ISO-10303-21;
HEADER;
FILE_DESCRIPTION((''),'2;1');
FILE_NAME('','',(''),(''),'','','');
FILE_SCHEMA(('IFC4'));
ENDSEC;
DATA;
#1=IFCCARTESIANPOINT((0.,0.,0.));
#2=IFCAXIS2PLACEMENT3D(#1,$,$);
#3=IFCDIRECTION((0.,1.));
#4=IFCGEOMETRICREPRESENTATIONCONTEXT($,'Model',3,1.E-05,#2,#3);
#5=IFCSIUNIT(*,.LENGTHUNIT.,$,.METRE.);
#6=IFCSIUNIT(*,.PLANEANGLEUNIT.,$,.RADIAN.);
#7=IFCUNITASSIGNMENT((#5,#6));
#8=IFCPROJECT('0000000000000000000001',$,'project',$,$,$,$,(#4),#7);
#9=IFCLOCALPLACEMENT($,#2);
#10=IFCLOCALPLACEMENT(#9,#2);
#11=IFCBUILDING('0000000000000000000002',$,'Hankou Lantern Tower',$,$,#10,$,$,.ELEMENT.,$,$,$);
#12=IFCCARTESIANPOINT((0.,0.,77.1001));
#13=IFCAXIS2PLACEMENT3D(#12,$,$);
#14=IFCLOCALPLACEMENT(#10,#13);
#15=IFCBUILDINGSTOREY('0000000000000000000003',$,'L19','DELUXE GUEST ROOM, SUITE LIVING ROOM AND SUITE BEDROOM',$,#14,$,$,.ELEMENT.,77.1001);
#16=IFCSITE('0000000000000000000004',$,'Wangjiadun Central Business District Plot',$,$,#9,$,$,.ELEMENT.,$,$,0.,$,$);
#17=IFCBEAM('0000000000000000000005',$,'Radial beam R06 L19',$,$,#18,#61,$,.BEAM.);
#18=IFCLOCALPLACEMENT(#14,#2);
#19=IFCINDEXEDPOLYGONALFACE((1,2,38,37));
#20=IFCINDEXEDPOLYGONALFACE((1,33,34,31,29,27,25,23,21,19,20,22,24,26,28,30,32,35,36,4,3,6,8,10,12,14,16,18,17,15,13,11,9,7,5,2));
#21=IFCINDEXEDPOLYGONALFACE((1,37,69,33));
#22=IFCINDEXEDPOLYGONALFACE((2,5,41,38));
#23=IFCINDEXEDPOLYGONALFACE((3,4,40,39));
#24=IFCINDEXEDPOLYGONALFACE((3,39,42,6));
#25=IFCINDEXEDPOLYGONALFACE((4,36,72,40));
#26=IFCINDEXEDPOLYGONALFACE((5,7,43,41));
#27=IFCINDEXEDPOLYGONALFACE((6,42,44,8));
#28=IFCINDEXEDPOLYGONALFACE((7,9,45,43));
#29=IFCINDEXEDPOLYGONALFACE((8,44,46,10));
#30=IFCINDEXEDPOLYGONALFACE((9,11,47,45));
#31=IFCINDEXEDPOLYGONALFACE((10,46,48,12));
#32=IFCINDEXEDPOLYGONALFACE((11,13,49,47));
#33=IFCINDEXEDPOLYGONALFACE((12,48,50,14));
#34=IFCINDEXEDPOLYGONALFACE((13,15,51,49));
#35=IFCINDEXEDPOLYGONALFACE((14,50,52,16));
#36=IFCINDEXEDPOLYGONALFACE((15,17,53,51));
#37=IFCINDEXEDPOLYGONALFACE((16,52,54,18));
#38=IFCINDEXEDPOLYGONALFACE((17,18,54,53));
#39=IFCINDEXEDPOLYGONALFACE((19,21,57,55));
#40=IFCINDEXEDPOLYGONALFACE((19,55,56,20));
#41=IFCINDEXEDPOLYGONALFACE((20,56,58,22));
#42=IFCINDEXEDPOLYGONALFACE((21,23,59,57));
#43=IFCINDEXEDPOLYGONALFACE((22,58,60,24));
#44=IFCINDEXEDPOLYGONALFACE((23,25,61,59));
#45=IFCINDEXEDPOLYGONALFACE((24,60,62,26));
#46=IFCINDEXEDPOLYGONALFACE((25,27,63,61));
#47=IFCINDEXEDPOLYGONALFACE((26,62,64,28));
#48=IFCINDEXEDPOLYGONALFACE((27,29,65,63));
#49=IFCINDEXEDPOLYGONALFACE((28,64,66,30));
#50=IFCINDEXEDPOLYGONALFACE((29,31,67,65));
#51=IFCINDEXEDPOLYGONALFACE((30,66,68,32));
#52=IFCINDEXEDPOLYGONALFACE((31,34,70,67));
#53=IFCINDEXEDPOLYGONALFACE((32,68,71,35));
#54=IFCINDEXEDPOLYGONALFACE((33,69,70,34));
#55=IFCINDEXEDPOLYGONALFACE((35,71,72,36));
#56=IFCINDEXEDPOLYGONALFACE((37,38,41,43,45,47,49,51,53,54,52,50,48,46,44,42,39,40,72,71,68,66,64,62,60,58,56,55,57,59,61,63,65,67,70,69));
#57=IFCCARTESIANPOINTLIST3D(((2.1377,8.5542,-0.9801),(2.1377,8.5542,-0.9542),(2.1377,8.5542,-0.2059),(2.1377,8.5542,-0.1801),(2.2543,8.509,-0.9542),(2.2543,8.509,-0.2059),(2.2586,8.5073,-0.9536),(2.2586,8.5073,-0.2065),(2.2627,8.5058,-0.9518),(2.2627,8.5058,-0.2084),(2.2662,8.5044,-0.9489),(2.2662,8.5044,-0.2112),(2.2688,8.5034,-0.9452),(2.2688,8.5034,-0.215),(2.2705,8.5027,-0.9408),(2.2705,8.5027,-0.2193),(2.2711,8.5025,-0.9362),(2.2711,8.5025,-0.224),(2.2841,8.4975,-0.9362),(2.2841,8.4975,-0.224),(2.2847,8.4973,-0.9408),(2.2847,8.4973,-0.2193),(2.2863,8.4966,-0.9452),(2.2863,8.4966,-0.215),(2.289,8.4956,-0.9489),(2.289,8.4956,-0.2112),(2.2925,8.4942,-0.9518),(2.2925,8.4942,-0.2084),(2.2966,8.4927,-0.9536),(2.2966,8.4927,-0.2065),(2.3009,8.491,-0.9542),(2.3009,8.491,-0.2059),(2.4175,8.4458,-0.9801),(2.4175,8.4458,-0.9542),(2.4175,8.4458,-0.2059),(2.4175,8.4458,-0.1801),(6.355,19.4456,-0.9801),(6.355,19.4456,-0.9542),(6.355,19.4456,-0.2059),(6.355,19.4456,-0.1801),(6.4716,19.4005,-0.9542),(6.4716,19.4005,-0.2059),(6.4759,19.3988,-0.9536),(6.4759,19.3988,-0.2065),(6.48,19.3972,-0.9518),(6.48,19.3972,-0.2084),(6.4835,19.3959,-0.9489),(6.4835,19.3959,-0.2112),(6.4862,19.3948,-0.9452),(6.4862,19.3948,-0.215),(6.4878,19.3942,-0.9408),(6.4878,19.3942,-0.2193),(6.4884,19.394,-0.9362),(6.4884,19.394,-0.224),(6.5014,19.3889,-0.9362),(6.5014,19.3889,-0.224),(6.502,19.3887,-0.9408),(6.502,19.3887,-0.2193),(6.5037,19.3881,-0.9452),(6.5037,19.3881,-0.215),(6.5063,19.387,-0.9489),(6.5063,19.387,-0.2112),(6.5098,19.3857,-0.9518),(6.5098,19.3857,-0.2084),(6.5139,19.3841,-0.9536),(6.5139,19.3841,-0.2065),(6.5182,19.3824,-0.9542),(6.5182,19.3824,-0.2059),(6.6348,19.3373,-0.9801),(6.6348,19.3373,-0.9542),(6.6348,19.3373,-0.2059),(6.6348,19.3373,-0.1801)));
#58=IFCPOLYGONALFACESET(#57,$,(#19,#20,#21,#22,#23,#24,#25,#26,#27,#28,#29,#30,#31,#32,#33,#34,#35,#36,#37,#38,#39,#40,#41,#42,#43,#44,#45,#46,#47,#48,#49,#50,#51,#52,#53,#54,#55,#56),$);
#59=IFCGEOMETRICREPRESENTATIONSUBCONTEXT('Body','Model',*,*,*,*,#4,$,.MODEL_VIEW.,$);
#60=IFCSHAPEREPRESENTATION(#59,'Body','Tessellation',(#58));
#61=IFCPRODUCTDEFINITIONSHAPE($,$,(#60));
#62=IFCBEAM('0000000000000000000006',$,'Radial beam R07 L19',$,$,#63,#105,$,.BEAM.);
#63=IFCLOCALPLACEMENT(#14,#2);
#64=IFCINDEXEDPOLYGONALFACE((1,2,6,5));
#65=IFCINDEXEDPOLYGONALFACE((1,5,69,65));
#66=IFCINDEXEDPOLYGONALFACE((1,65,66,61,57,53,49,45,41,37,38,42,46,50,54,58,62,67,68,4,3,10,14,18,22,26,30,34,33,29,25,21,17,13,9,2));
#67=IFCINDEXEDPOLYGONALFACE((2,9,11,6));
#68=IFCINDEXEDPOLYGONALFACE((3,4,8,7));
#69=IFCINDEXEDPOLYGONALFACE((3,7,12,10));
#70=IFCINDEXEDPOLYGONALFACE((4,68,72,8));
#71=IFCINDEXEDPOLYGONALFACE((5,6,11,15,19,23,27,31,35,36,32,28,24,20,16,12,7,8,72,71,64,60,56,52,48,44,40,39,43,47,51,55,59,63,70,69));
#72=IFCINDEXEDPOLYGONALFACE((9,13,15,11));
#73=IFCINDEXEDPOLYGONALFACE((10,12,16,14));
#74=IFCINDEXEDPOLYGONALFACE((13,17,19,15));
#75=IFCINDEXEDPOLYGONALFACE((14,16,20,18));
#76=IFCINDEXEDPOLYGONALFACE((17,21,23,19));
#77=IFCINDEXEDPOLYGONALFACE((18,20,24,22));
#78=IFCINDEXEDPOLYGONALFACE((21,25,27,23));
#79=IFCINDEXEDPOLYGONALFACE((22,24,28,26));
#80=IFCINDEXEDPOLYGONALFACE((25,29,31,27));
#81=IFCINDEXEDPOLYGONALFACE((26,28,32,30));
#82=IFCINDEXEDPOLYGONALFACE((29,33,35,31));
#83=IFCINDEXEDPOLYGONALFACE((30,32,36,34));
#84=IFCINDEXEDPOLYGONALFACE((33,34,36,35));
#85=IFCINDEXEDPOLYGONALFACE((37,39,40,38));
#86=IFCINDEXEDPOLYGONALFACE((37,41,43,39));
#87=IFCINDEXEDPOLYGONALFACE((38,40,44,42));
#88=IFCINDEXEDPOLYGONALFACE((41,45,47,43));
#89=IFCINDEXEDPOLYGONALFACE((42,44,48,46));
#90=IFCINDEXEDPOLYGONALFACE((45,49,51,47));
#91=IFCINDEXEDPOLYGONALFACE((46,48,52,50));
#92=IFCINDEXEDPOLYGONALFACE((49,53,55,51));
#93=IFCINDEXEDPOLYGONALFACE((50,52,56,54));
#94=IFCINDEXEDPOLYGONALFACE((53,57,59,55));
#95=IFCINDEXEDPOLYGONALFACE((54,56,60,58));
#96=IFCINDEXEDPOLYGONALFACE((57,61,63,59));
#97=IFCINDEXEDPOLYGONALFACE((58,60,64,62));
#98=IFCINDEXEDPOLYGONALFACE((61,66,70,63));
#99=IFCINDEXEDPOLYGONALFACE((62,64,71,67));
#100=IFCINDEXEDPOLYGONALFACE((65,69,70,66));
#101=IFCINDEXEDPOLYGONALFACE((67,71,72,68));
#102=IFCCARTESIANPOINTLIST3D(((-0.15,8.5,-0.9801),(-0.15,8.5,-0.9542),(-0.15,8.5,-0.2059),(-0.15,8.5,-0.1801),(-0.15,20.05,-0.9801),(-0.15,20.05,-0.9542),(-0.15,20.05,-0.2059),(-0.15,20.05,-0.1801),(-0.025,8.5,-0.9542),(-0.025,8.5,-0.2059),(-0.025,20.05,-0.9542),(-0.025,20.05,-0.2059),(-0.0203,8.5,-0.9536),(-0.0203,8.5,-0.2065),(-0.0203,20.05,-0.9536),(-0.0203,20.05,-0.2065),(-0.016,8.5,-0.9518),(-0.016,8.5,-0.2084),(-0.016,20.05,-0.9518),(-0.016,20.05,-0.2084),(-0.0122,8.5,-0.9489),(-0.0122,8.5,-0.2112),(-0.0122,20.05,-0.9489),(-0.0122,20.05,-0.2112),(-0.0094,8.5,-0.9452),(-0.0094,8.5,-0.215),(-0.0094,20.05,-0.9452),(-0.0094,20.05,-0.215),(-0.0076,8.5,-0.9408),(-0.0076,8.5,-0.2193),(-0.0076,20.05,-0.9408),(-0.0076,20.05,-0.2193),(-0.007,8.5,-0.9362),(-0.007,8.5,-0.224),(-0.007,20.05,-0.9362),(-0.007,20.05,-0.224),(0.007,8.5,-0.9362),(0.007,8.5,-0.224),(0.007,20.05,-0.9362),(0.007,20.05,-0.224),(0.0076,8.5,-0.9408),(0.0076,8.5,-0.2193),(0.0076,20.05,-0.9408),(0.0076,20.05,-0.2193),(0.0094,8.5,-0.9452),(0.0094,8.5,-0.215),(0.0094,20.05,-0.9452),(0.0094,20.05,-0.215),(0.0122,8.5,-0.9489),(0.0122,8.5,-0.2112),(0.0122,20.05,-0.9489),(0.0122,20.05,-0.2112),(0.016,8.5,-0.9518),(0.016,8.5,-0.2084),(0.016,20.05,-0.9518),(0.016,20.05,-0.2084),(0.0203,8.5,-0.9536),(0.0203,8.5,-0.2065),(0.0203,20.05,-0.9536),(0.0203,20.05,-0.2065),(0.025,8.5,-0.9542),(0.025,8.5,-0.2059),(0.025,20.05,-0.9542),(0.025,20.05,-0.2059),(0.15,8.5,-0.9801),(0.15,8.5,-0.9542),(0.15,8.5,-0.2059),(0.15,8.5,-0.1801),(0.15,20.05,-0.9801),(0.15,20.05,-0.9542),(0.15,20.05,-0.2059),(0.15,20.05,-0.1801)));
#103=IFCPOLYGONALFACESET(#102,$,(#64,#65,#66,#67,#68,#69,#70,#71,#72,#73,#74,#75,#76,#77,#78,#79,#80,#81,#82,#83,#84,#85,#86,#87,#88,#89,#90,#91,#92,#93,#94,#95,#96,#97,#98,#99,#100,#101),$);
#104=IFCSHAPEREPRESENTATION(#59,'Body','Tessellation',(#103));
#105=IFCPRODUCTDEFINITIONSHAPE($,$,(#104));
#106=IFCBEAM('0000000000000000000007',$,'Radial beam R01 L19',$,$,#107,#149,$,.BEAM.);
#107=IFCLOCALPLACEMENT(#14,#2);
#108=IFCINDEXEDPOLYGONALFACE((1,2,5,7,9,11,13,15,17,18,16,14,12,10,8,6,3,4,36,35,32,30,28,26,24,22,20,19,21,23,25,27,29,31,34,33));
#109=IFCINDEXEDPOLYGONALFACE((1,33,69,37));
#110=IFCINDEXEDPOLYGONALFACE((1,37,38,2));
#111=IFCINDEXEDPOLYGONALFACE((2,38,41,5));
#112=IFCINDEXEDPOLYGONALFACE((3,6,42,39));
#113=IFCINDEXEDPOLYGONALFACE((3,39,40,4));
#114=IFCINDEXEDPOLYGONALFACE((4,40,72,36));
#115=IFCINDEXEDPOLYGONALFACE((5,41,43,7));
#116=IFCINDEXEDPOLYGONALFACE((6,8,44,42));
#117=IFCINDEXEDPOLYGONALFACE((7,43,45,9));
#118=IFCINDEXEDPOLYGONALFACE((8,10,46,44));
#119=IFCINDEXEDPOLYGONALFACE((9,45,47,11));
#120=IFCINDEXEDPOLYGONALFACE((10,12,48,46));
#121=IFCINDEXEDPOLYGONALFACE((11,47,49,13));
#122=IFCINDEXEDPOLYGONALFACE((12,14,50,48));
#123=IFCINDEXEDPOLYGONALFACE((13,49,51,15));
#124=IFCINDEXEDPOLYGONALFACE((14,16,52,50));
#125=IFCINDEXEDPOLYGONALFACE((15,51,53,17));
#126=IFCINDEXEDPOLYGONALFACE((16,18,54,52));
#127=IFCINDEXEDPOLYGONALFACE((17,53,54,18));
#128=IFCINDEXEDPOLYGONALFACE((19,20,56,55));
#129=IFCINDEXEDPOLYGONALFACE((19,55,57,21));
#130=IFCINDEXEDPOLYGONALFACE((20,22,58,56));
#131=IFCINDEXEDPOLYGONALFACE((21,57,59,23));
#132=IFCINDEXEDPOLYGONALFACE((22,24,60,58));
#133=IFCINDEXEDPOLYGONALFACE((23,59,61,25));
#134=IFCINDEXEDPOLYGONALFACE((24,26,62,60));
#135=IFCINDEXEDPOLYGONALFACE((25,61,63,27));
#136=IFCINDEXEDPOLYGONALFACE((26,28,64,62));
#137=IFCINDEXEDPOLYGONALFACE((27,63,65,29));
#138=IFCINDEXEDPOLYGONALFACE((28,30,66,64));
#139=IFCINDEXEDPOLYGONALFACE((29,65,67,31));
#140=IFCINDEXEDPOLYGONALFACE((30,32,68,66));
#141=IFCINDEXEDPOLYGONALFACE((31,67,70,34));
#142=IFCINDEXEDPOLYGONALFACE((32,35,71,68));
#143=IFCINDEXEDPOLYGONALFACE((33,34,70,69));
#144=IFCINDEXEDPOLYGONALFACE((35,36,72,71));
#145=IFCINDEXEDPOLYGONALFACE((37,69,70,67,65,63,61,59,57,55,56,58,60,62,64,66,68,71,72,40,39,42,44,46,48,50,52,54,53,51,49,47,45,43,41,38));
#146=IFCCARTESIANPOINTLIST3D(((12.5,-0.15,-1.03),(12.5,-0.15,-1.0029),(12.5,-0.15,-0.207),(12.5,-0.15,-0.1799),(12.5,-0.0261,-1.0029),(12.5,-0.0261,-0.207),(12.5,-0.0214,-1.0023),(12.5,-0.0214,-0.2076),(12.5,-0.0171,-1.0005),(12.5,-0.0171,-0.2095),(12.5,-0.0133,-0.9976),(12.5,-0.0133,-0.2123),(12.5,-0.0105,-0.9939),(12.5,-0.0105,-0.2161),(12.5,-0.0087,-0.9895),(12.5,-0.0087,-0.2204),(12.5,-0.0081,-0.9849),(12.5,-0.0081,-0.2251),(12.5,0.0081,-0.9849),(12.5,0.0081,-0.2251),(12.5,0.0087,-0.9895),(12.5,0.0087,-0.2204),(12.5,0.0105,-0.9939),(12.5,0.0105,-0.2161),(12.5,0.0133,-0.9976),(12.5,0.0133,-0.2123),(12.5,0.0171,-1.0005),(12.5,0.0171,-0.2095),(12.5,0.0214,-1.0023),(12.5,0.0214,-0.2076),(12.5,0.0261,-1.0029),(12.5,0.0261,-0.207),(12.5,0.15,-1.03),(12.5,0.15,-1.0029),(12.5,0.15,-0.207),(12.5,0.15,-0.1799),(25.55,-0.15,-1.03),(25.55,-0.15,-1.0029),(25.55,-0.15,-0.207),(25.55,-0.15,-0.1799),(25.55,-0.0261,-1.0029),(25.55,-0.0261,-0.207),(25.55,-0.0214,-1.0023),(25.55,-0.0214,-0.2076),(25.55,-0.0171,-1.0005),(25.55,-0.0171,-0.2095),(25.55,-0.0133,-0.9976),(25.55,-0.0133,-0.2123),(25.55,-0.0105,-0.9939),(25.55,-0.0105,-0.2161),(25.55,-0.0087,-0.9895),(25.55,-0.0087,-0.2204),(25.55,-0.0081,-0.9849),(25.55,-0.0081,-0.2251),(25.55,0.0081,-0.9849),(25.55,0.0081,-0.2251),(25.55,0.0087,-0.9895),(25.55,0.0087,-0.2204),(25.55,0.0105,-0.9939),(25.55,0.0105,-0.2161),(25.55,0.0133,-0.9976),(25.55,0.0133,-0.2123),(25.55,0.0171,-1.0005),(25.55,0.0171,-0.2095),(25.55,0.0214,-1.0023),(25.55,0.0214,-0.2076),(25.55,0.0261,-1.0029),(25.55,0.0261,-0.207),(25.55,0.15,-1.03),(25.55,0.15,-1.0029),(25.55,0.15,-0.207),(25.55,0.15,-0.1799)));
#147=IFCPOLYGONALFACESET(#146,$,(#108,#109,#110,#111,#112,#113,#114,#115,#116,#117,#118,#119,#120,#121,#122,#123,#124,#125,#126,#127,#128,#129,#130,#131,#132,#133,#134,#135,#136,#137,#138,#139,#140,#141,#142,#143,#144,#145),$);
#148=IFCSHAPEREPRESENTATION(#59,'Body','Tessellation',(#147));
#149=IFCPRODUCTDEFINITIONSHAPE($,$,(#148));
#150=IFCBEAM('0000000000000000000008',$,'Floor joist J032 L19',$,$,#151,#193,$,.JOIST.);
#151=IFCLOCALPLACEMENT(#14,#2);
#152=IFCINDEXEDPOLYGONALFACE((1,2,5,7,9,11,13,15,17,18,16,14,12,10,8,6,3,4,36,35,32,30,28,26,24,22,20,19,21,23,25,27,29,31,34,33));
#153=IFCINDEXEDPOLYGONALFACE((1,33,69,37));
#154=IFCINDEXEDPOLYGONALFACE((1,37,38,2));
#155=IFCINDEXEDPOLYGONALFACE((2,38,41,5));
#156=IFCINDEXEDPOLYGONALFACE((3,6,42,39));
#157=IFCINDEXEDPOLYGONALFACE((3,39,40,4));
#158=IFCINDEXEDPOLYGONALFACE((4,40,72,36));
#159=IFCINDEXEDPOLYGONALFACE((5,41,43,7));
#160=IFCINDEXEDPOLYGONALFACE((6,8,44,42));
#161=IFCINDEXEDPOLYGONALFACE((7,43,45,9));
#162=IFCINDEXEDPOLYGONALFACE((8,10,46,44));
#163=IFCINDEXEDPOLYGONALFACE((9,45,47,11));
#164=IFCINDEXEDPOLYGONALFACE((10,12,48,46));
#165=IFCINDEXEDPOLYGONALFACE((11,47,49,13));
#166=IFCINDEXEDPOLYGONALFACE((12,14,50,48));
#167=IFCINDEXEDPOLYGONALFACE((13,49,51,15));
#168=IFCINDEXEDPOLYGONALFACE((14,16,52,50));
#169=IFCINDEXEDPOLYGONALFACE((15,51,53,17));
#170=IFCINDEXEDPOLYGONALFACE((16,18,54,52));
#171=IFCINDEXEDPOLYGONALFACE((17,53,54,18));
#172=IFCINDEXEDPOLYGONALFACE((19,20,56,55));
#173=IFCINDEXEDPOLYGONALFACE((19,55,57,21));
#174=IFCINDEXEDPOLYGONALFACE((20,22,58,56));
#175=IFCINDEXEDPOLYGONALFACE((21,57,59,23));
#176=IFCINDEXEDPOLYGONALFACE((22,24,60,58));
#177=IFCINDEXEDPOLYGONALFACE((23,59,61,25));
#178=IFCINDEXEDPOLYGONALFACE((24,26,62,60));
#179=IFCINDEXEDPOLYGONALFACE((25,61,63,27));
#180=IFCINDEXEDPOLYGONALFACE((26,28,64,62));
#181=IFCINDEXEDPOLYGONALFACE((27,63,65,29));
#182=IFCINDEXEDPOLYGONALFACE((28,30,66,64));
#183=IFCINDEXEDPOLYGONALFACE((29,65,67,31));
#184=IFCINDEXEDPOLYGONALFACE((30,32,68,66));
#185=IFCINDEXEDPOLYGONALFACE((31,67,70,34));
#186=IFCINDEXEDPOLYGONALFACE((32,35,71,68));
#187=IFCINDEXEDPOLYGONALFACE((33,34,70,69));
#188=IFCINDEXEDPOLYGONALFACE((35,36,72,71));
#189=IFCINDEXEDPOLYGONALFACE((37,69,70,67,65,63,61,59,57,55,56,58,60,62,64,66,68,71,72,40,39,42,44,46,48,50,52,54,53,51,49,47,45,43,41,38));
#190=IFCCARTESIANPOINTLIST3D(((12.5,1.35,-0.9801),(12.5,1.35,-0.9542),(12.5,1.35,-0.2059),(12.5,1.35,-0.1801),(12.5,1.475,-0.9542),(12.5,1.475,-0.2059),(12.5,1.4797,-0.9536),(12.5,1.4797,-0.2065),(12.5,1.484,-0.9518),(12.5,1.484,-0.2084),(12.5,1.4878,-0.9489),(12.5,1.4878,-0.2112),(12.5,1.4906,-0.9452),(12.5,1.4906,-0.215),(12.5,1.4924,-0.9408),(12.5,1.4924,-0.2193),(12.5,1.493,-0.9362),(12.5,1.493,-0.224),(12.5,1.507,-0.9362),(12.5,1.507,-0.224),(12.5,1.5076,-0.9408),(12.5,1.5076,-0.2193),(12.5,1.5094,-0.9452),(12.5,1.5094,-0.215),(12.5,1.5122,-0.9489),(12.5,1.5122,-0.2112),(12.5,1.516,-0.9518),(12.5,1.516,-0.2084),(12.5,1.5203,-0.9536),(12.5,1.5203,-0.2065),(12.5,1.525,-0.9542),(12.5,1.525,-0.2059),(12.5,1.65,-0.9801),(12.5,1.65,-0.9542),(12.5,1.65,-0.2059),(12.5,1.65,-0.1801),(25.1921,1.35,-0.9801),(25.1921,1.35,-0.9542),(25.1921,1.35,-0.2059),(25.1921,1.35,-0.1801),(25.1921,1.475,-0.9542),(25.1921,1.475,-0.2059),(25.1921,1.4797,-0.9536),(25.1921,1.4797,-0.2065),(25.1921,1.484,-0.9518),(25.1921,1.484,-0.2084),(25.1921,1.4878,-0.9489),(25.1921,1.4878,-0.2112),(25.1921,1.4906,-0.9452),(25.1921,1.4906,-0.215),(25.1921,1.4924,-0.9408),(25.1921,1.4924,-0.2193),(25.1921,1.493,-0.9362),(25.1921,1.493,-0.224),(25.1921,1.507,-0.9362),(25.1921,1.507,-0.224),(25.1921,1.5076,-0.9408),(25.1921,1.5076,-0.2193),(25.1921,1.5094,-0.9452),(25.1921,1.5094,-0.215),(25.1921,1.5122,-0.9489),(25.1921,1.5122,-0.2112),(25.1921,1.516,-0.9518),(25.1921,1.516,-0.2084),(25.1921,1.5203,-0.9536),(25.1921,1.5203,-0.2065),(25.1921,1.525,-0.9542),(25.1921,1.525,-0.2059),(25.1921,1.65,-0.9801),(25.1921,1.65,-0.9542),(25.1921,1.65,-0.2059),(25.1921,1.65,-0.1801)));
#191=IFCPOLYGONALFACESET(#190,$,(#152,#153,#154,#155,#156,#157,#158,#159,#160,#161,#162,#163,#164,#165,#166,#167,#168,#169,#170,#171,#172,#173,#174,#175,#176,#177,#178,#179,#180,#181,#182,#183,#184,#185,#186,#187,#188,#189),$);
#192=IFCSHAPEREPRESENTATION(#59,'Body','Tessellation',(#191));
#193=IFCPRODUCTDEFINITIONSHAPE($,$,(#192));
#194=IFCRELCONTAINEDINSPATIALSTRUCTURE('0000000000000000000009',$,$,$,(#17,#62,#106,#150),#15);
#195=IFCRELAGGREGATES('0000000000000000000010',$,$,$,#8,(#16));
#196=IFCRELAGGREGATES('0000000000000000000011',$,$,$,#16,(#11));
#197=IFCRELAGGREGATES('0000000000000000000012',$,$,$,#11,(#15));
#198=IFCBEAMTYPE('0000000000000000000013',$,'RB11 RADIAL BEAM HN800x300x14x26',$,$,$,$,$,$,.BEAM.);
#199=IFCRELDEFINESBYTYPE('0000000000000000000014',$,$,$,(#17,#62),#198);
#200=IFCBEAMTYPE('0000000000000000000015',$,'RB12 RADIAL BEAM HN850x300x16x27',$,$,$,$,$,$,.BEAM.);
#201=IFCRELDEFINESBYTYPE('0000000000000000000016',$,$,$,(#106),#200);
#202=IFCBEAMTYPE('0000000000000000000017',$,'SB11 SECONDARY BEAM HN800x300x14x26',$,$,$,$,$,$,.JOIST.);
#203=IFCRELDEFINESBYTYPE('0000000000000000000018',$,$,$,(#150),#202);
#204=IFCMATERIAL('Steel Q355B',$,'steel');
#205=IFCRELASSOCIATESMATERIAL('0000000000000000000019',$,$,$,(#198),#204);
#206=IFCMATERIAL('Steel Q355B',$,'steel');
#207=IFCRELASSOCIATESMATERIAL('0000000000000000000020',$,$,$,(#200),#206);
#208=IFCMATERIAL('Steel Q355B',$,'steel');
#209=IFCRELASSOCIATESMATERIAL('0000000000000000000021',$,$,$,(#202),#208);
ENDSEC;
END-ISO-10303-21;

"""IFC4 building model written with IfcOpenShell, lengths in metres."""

from ifc_helpers import new_model, si_unit, direction, frame, origin, origin_2d, place, context, subcontext, project, spatial, i_section, extrude, material, material_profile, profile_set, type_object, element, save


model = new_model("IFC4")

# Units and contexts
model_context = context("Model", 3, precision=1e-05, world=origin(), true_north=direction((0.0, 1.0)))
body_context = subcontext(model_context, "Body", "Model", "MODEL_VIEW")
ifc_project = project(units=[si_unit("LENGTHUNIT", "METRE"), si_unit("PLANEANGLEUNIT", "RADIAN")], contexts=[model_context])

# Site, building, storey
site_placement = place(None, origin())
site = spatial("IfcSite", under=ifc_project, at=site_placement, Name="Wangjiadun Central Business District Plot", CompositionType="ELEMENT", RefElevation=0.0)
building_placement = place(site_placement, origin())
building = spatial("IfcBuilding", under=site, at=building_placement, Name="Hankou Lantern Tower", CompositionType="ELEMENT")
storey_placement = place(building_placement, frame((0.0, 0.0, 77.1001)))
storey = spatial("IfcBuildingStorey", under=building, at=storey_placement, Name="L19", Description="DELUXE GUEST ROOM, SUITE LIVING ROOM AND SUITE BEDROOM", CompositionType="ELEMENT", Elevation=77.1001)

# Beams
ifc_material_1 = material(Name="Steel Q355B", Category="steel")
ifc_material_profile_1 = material_profile(ifc_material_1, i_section(OverallWidth=0.3, OverallDepth=0.8, WebThickness=0.0139, FlangeThickness=0.0259, FilletRadius=0.0181, at=origin_2d()), Name="HN800x300x14x26")
ifc_profile_set_1 = profile_set([ifc_material_profile_1], Name="Steel Q355B")
beam_type_1 = type_object("IfcBeamType", Name="RB11 RADIAL BEAM HN800x300x14x26", PredefinedType="BEAM", material=ifc_profile_set_1)
beam_1_placement = place(storey_placement, frame((2.2776, 8.5, -0.5801), z_axis=(0.361089, 0.932531, 0.0), x_axis=(-0.932531, 0.361089, 0.0)))
element("IfcBeam", 1, at=beam_1_placement, inside=storey, type_object=beam_type_1, Name="Radial beam R06 L19", PredefinedType="BEAM", context=body_context, shape_type="SweptSolid", body=[
    extrude(i_section(OverallWidth=0.3, OverallDepth=0.8, WebThickness=0.0139, FlangeThickness=0.0259, FilletRadius=0.0181, at=origin_2d()), origin(), (0.0, 0.0, 1.0), 11.6794),
])
beam_2_placement = place(storey_placement, frame((0.0, 8.5, -0.5801), z_axis=(0.0, 1.0, 0.0), x_axis=(-1.0, 0.0, 0.0)))
element("IfcBeam", 2, at=beam_2_placement, inside=storey, type_object=beam_type_1, Name="Radial beam R07 L19", PredefinedType="BEAM", context=body_context, shape_type="SweptSolid", body=[
    extrude(i_section(OverallWidth=0.3, OverallDepth=0.8, WebThickness=0.0139, FlangeThickness=0.0259, FilletRadius=0.0181, at=origin_2d()), origin(), (0.0, 0.0, 1.0), 11.55),
])
ifc_material_2 = material(Name="Steel Q355B", Category="steel")
ifc_material_profile_2 = material_profile(ifc_material_2, i_section(OverallWidth=0.3, OverallDepth=0.8501, WebThickness=0.0161, FlangeThickness=0.0271, FilletRadius=0.0181, at=origin_2d()), Name="HN850x300x16x27")
ifc_profile_set_2 = profile_set([ifc_material_profile_2], Name="Steel Q355B")
beam_type_2 = type_object("IfcBeamType", Name="RB12 RADIAL BEAM HN850x300x16x27", PredefinedType="BEAM", material=ifc_profile_set_2)
beam_3_placement = place(storey_placement, frame((12.5, 0.0, -0.605), z_axis=(1.0, 0.0, 0.0), x_axis=(0.0, 1.0, 0.0)))
element("IfcBeam", 3, at=beam_3_placement, inside=storey, type_object=beam_type_2, Name="Radial beam R01 L19", PredefinedType="BEAM", context=body_context, shape_type="SweptSolid", body=[
    extrude(i_section(OverallWidth=0.3, OverallDepth=0.8501, WebThickness=0.0161, FlangeThickness=0.0271, FilletRadius=0.0181, at=origin_2d()), origin(), (0.0, 0.0, 1.0), 13.05),
])
ifc_material_3 = material(Name="Steel Q355B", Category="steel")
ifc_material_profile_3 = material_profile(ifc_material_3, i_section(OverallWidth=0.3, OverallDepth=0.8, WebThickness=0.0139, FlangeThickness=0.0259, FilletRadius=0.0181, at=origin_2d()), Name="HN800x300x14x26")
ifc_profile_set_3 = profile_set([ifc_material_profile_3], Name="Steel Q355B")
beam_type_3 = type_object("IfcBeamType", Name="SB11 SECONDARY BEAM HN800x300x14x26", PredefinedType="JOIST", material=ifc_profile_set_3)
beam_4_placement = place(storey_placement, frame((12.5, 1.5, -0.5801), z_axis=(1.0, 0.0, 0.0), x_axis=(0.0, 1.0, 0.0)))
element("IfcBeam", 4, at=beam_4_placement, inside=storey, type_object=beam_type_3, Name="Floor joist J032 L19", PredefinedType="JOIST", context=body_context, shape_type="SweptSolid", body=[
    extrude(i_section(OverallWidth=0.3, OverallDepth=0.8, WebThickness=0.0139, FlangeThickness=0.0259, FilletRadius=0.0181, at=origin_2d()), origin(), (0.0, 0.0, 1.0), 12.6921),
])

save(model, "model.ifc")
